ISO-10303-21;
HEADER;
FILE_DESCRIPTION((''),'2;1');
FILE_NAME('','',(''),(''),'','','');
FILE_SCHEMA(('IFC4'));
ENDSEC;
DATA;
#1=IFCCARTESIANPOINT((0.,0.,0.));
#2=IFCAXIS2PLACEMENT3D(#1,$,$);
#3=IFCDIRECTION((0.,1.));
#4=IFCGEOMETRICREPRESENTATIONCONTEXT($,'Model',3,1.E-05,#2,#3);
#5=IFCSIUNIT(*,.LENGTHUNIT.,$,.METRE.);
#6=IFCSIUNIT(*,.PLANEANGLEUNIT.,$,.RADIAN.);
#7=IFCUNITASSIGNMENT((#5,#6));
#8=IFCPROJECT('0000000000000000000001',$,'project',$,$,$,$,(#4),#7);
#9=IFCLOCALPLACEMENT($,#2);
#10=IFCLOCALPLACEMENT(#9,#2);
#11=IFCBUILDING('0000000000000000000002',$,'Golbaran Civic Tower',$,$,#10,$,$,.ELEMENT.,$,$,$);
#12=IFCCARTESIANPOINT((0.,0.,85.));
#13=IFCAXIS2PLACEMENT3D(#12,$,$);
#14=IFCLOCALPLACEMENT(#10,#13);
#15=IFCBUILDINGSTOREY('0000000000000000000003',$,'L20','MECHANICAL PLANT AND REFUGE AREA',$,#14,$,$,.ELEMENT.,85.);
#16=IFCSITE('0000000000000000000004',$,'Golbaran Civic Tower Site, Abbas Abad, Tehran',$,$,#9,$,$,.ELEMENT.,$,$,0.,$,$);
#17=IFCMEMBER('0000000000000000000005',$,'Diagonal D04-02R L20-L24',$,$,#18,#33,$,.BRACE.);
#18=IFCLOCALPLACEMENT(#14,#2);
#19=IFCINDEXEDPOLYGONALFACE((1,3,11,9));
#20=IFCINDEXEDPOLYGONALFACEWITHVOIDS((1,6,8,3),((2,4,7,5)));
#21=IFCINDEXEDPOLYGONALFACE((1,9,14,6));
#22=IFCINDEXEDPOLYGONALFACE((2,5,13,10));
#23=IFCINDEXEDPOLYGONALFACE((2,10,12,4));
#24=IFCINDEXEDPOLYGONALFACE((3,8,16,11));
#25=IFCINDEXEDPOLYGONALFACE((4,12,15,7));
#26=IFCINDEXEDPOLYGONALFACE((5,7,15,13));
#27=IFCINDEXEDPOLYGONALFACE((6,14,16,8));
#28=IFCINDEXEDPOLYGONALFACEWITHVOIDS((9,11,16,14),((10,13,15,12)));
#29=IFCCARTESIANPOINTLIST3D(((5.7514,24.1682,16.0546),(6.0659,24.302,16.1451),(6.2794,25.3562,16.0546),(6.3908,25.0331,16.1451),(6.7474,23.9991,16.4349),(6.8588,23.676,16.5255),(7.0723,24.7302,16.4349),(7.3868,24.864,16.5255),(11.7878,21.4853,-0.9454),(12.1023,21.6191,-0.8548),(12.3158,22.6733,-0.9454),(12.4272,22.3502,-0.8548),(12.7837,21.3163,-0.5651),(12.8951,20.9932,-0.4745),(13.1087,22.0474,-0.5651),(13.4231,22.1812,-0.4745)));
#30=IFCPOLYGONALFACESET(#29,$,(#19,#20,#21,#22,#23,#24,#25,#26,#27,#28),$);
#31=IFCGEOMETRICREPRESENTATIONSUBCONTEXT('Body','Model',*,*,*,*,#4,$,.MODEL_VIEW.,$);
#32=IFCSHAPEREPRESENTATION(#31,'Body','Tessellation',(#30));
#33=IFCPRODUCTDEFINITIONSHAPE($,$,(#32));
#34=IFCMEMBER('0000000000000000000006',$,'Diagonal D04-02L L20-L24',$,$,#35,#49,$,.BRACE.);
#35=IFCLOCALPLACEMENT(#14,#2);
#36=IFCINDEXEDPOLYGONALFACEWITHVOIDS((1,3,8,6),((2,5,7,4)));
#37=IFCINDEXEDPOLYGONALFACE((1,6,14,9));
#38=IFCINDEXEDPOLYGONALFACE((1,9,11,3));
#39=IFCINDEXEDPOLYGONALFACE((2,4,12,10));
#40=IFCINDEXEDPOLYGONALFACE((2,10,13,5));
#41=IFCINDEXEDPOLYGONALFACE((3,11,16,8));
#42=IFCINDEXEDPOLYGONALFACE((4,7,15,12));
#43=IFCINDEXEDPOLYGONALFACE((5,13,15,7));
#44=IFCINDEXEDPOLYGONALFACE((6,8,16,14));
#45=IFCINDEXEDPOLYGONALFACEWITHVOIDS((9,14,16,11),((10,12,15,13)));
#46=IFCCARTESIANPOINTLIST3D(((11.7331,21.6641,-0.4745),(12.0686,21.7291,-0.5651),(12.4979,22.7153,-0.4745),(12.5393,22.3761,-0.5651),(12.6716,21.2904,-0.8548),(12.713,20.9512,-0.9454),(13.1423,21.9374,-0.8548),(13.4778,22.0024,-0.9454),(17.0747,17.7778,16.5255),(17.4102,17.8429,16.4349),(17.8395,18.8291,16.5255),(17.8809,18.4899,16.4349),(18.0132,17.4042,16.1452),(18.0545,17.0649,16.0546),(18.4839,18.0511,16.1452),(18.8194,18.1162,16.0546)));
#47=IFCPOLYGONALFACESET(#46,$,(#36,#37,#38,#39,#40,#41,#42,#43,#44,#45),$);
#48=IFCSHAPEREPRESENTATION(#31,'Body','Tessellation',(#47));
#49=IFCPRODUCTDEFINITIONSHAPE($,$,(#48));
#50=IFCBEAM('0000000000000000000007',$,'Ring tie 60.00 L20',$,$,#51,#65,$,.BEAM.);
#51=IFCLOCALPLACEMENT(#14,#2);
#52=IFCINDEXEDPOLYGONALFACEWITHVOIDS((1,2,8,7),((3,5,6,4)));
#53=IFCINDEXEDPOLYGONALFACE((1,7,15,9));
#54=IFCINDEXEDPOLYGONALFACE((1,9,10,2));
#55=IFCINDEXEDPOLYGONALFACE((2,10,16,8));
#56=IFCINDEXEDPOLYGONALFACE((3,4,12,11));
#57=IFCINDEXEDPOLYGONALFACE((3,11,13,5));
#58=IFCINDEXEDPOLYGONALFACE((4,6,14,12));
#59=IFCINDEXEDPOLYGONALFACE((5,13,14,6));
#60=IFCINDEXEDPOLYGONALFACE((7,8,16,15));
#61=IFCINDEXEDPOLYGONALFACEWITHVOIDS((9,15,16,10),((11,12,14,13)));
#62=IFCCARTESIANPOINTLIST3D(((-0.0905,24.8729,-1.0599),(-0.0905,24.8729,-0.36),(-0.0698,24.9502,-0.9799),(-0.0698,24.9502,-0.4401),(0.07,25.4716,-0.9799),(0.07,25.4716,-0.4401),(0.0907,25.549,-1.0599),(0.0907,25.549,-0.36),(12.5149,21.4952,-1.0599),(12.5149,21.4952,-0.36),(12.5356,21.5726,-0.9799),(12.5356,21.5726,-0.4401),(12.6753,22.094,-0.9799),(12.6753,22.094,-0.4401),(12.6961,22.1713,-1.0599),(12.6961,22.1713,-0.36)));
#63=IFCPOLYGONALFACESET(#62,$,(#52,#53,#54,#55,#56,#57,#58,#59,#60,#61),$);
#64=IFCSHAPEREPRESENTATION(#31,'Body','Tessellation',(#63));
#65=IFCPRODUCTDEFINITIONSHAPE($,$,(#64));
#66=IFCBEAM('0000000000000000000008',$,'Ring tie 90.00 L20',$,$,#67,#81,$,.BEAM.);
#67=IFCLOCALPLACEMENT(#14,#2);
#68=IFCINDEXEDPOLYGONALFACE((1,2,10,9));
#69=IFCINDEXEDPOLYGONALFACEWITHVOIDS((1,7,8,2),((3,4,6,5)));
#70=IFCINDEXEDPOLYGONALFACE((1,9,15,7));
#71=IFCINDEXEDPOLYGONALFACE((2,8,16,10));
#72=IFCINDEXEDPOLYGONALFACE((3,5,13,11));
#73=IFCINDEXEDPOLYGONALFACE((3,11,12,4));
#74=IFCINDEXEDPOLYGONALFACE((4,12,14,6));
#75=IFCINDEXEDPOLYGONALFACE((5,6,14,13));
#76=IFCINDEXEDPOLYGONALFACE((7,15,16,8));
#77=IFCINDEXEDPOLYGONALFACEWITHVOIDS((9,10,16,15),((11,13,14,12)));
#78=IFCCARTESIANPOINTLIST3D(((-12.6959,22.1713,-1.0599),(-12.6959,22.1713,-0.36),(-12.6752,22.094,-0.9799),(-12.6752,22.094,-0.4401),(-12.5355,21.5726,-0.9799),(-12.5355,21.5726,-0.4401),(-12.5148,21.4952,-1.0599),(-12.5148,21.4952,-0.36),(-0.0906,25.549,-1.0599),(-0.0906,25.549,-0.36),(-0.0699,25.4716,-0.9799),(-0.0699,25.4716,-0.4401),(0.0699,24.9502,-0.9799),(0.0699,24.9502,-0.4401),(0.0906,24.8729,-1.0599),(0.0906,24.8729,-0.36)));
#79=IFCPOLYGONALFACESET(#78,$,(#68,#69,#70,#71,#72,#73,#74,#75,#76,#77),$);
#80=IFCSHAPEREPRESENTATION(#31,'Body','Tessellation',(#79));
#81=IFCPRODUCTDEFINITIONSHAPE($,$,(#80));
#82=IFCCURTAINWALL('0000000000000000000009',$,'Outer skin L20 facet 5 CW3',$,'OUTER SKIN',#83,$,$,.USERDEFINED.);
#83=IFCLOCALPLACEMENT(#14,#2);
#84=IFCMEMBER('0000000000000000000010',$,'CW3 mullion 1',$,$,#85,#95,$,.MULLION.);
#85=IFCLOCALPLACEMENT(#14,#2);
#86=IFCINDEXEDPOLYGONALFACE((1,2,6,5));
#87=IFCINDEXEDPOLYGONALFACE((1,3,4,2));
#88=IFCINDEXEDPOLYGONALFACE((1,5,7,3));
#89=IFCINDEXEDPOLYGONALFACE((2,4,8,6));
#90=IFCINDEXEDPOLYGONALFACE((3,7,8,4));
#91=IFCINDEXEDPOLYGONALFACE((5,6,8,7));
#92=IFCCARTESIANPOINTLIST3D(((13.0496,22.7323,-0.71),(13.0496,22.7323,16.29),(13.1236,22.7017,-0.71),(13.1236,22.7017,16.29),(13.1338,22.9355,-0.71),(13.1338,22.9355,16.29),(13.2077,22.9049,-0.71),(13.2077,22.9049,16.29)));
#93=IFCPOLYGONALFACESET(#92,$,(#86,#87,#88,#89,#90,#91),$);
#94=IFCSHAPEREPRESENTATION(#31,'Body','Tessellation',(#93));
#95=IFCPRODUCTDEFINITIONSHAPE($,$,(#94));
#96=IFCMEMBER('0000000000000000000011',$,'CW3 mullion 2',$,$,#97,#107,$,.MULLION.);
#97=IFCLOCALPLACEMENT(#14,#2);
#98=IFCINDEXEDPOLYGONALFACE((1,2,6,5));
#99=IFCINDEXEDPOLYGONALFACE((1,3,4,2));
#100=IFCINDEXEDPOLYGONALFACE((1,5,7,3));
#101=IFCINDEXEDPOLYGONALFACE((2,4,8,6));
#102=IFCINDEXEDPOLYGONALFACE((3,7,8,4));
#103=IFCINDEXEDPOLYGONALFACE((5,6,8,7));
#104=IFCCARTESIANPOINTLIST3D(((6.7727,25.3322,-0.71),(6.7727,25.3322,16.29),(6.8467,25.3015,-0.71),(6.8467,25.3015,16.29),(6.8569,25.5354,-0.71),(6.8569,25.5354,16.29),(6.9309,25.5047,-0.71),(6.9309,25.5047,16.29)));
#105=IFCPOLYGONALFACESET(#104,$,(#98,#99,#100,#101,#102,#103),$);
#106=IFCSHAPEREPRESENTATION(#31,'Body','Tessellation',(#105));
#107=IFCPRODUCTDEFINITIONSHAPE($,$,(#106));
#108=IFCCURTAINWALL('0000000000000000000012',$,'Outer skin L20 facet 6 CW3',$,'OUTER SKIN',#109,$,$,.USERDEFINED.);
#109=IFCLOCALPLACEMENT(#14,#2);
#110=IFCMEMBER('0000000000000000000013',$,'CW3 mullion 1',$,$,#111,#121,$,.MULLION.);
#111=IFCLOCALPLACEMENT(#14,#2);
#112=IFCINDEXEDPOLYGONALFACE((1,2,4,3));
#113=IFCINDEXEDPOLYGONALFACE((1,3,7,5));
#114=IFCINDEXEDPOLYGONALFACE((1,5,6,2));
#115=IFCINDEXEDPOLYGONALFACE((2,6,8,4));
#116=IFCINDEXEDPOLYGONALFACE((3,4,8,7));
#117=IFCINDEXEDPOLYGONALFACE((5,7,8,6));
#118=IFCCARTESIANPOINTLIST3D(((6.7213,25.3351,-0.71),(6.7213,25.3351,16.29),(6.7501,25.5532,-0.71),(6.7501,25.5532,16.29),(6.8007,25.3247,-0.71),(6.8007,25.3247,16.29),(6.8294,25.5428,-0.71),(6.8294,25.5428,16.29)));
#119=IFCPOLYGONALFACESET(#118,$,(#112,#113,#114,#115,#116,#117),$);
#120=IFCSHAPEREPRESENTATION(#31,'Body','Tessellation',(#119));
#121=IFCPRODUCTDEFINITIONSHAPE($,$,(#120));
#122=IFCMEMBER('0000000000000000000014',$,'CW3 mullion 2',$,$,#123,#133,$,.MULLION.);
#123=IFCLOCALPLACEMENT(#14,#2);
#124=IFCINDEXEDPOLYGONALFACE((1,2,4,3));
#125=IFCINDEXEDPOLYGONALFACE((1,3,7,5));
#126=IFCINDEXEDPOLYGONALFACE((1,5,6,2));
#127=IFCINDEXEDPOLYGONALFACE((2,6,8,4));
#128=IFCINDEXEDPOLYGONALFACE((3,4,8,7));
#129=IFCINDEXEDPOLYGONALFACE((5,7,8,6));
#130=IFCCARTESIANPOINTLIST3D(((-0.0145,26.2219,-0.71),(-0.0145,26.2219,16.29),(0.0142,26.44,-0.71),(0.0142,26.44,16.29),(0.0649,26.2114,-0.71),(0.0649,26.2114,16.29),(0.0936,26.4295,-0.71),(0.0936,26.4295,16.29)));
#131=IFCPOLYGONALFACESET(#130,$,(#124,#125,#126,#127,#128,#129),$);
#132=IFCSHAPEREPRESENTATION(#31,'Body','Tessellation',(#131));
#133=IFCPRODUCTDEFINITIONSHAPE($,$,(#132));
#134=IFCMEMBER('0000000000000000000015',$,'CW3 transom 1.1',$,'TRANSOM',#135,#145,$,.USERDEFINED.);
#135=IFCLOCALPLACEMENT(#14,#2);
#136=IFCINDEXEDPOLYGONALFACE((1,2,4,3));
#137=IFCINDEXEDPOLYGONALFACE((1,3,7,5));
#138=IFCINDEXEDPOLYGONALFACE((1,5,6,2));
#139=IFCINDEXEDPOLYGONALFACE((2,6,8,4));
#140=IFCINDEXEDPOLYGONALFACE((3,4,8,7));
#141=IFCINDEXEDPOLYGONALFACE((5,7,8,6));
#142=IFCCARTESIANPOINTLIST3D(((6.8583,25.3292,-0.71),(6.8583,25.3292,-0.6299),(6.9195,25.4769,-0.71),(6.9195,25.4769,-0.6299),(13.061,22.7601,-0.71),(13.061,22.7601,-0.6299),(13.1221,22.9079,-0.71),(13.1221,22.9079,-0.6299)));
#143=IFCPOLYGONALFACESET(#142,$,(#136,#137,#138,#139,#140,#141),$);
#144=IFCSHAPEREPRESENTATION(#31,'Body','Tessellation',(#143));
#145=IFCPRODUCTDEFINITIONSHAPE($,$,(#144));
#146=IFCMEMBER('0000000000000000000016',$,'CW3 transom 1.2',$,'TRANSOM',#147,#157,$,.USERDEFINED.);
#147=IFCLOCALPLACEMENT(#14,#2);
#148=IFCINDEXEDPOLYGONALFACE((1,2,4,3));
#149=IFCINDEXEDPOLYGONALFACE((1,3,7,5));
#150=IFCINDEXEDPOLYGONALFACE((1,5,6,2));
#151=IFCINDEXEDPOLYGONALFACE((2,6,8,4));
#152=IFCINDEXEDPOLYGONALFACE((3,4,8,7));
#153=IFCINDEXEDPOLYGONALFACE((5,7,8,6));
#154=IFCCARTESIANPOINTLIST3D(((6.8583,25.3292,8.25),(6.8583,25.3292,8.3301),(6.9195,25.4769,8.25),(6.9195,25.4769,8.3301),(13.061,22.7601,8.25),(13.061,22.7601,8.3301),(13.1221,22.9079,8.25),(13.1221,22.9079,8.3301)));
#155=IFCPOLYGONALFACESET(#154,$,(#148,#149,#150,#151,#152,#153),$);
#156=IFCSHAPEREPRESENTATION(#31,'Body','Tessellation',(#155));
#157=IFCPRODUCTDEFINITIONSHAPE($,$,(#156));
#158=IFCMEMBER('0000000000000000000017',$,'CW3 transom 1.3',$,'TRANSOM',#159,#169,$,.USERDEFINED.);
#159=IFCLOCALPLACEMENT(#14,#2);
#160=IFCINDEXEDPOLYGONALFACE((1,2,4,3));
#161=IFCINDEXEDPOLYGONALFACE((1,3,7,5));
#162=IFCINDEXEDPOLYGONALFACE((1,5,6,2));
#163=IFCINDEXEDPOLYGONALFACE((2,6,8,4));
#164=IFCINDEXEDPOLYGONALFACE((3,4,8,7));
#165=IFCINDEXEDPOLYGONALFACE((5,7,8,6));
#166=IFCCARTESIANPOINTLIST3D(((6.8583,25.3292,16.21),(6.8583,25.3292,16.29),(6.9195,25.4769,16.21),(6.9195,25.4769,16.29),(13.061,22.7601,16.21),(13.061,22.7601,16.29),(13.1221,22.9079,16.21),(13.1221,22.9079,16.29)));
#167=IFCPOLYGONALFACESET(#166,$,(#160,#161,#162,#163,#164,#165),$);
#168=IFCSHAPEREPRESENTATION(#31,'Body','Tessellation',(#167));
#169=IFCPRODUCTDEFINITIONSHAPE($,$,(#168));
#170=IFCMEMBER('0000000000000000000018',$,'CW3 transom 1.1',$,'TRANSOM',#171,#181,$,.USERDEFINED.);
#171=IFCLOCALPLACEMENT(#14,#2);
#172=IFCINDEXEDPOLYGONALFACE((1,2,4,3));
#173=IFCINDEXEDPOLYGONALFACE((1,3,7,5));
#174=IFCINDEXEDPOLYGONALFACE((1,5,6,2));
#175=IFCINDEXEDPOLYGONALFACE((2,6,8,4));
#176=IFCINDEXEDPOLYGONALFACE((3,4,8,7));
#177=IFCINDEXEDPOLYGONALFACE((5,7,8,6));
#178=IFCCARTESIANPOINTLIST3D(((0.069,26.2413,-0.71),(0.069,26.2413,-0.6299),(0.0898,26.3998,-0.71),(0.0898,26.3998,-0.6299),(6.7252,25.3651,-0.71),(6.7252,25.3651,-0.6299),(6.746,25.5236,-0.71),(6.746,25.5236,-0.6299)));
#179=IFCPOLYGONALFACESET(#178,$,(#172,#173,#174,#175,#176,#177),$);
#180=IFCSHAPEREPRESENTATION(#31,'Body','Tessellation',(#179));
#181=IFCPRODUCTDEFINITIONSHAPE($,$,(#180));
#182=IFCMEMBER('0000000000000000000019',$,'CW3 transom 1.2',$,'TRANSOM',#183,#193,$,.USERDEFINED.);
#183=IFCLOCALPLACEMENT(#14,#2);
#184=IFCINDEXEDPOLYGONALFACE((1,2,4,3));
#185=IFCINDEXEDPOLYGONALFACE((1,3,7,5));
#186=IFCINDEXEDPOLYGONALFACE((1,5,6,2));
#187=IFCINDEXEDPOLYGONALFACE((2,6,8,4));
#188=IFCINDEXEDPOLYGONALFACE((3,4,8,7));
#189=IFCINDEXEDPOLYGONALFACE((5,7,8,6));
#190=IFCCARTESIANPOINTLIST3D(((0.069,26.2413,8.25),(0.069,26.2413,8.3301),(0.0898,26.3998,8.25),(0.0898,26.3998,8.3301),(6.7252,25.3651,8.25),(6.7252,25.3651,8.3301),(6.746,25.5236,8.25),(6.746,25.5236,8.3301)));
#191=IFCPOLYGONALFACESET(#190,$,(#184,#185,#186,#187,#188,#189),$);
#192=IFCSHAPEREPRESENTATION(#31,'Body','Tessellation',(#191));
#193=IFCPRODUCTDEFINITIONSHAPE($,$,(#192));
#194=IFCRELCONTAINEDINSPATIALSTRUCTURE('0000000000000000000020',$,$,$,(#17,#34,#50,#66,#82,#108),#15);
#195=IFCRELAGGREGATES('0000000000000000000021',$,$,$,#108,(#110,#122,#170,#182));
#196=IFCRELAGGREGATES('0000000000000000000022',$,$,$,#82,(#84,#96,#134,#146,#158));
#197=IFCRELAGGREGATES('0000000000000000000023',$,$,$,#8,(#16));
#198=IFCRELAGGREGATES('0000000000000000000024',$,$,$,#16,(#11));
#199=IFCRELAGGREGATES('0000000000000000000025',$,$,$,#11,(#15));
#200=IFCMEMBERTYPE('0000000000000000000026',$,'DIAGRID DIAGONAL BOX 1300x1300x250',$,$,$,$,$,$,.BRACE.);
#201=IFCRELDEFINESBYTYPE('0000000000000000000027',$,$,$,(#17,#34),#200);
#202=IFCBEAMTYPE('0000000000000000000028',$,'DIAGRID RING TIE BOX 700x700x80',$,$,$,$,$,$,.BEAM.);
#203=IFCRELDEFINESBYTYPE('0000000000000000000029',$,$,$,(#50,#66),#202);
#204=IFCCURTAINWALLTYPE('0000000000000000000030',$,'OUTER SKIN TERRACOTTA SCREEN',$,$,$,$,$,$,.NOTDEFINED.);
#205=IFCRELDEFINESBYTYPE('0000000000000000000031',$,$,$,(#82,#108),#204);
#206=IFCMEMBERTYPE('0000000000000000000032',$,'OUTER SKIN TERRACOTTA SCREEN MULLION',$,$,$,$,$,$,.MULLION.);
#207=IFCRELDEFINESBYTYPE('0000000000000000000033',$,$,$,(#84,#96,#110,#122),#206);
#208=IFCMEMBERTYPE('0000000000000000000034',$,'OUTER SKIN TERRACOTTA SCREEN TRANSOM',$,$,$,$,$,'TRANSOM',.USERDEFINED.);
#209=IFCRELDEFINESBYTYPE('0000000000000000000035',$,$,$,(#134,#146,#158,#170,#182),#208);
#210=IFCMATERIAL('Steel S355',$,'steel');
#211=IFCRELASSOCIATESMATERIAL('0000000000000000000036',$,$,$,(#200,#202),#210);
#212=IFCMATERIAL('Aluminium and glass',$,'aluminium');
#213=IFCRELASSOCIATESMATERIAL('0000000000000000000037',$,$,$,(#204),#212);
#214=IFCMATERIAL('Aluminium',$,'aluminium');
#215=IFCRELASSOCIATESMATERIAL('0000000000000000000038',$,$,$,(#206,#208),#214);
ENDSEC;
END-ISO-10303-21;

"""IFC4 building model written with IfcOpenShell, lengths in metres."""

from ifc_helpers import new_model, si_unit, direction, frame, origin, origin_2d, place, context, subcontext, project, spatial, rectangle, hollow_rectangle, extrude, material, material_profile, profile_set, type_object, element, aggregate, save


model = new_model("IFC4")

# Units and contexts
model_context = context("Model", 3, precision=1e-05, world=origin(), true_north=direction((0.0, 1.0)))
body_context = subcontext(model_context, "Body", "Model", "MODEL_VIEW")
ifc_project = project(units=[si_unit("LENGTHUNIT", "METRE"), si_unit("PLANEANGLEUNIT", "RADIAN")], contexts=[model_context])

# Site, building, storey
site_placement = place(None, origin())
site = spatial("IfcSite", under=ifc_project, at=site_placement, Name="Golbaran Civic Tower Site, Abbas Abad, Tehran", CompositionType="ELEMENT", RefElevation=0.0)
building_placement = place(site_placement, origin())
building = spatial("IfcBuilding", under=site, at=building_placement, Name="Golbaran Civic Tower", CompositionType="ELEMENT")
storey_placement = place(building_placement, frame((0.0, 0.0, 85.0)))
storey = spatial("IfcBuildingStorey", under=building, at=storey_placement, Name="L20", Description="MECHANICAL PLANT AND REFUGE AREA", CompositionType="ELEMENT", Elevation=85.0)

# Members
ifc_material_1 = material(Name="Steel S355", Category="steel")
ifc_material_profile_1 = material_profile(ifc_material_1, hollow_rectangle(XDim=1.3, YDim=1.3, WallThickness=0.25, at=origin_2d()), Name="BOX 1300x1300x250")
ifc_profile_set_1 = profile_set([ifc_material_profile_1], Name="Steel S355")
member_type_1 = type_object("IfcMemberType", Name="DIAGRID DIAGONAL BOX 1300x1300x250", PredefinedType="BRACE", material=ifc_profile_set_1)
for number, where, z_axis, x_axis, name in (
    (1, (12.6055, 21.8333, -0.71), (-0.330973, 0.1471, 0.932104), (-0.406142, -0.91381, 0.0), "Diagonal D04-02R L20-L24"),
    (2, (12.6055, 21.8333, -0.71), (0.292876, -0.213081, 0.932105), (0.588317, 0.808631, 0.0), "Diagonal D04-02L L20-L24"),
):
    element("IfcMember", number, at=place(storey_placement, frame(where, z_axis=z_axis, x_axis=x_axis)), inside=storey, type_object=member_type_1, Name=name, PredefinedType="BRACE", context=body_context, shape_type="SweptSolid", body=[
        extrude(hollow_rectangle(XDim=1.3, YDim=1.3, WallThickness=0.25, at=origin_2d()), origin(), (0.0, 0.0, 1.0), 18.2383),
    ])

# Beams
ifc_material_profile_2 = material_profile(ifc_material_1, hollow_rectangle(XDim=0.7, YDim=0.7, WallThickness=0.0801, at=origin_2d()), Name="BOX 700x700x80")
ifc_profile_set_2 = profile_set([ifc_material_profile_2], Name="Steel S355")
beam_type = type_object("IfcBeamType", Name="DIAGRID RING TIE BOX 700x700x80", PredefinedType="BEAM", material=ifc_profile_set_2)
for number, where, z_axis, x_axis, name in (
    (3, (12.6055, 21.8333, -0.71), (-0.965925, 0.258823, 0.0), (-0.258823, -0.965925, 0.0), "Ring tie 60.00 L20"),
    (4, (0.0, 25.2109, -0.71), (-0.965925, -0.258823, 0.0), (0.258823, -0.965925, 0.0), "Ring tie 90.00 L20"),
):
    element("IfcBeam", number, at=place(storey_placement, frame(where, z_axis=z_axis, x_axis=x_axis)), inside=storey, type_object=beam_type, Name=name, PredefinedType="BEAM", context=body_context, shape_type="SweptSolid", body=[
        extrude(hollow_rectangle(XDim=0.7, YDim=0.7, WallThickness=0.0801, at=origin_2d()), origin(), (0.0, 0.0, 1.0), 13.05),
    ])

# Curtain walls, members
ifc_material_2 = material(Name="Aluminium and glass", Category="aluminium")
curtain_wall_type_1 = type_object("IfcCurtainWallType", Name="OUTER SKIN TERRACOTTA SCREEN", PredefinedType="NOTDEFINED", material=ifc_material_2)
curtain_wall_1_placement = place(storey_placement, origin())
curtain_wall_1 = element("IfcCurtainWall", 5, at=curtain_wall_1_placement, inside=storey, type_object=curtain_wall_type_1, Name="Outer skin L20 facet 5 CW3", ObjectType="OUTER SKIN", PredefinedType="USERDEFINED")
ifc_material_3 = material(Name="Aluminium", Category="aluminium")
ifc_material_profile_3 = material_profile(ifc_material_3, rectangle(XDim=0.22, YDim=0.0801, at=origin_2d()), Name="OUTER SKIN TERRACOTTA SCREEN MULLION")
ifc_profile_set_3 = profile_set([ifc_material_profile_3], Name="Aluminium")
member_type_2 = type_object("IfcMemberType", Name="OUTER SKIN TERRACOTTA SCREEN MULLION", PredefinedType="MULLION", material=ifc_profile_set_3)
member_1_placement = place(storey_placement, frame((13.1287, 22.8186, -0.71), z_axis=(0.0, 0.0, 1.0), x_axis=(-0.382683, -0.92388, 0.0)))
member_1 = element("IfcMember", 6, at=member_1_placement, type_object=member_type_2, Name="CW3 mullion 1", PredefinedType="MULLION", context=body_context, shape_type="SweptSolid", body=[
    extrude(rectangle(XDim=0.22, YDim=0.0801, at=origin_2d()), origin(), (0.0, 0.0, 1.0), 17.0),
])
member_2_placement = place(storey_placement, frame((6.8518, 25.4185, -0.71), z_axis=(0.0, 0.0, 1.0), x_axis=(-0.382683, -0.92388, 0.0)))
member_2 = element("IfcMember", 7, at=member_2_placement, type_object=member_type_2, Name="CW3 mullion 2", PredefinedType="MULLION", context=body_context, shape_type="SweptSolid", body=[
    extrude(rectangle(XDim=0.22, YDim=0.0801, at=origin_2d()), origin(), (0.0, 0.0, 1.0), 17.0),
])
curtain_wall_2_placement = place(storey_placement, origin())
curtain_wall_2 = element("IfcCurtainWall", 8, at=curtain_wall_2_placement, inside=storey, type_object=curtain_wall_type_1, Name="Outer skin L20 facet 6 CW3", ObjectType="OUTER SKIN", PredefinedType="USERDEFINED")
member_3_placement = place(storey_placement, frame((6.7754, 25.439, -0.71), z_axis=(0.0, 0.0, 1.0), x_axis=(-0.130526, -0.991445, 0.0)))
member_3 = element("IfcMember", 9, at=member_3_placement, type_object=member_type_2, Name="CW3 mullion 1", PredefinedType="MULLION", context=body_context, shape_type="SweptSolid", body=[
    extrude(rectangle(XDim=0.22, YDim=0.0801, at=origin_2d()), origin(), (0.0, 0.0, 1.0), 17.0),
])
member_4_placement = place(storey_placement, frame((0.0396, 26.3257, -0.71), z_axis=(0.0, 0.0, 1.0), x_axis=(-0.130526, -0.991445, 0.0)))
member_4 = element("IfcMember", 10, at=member_4_placement, type_object=member_type_2, Name="CW3 mullion 2", PredefinedType="MULLION", context=body_context, shape_type="SweptSolid", body=[
    extrude(rectangle(XDim=0.22, YDim=0.0801, at=origin_2d()), origin(), (0.0, 0.0, 1.0), 17.0),
])

# Members
ifc_material_profile_4 = material_profile(ifc_material_3, rectangle(XDim=0.1599, YDim=0.0801, at=origin_2d()), Name="OUTER SKIN TERRACOTTA SCREEN TRANSOM")
ifc_profile_set_4 = profile_set([ifc_material_profile_4], Name="Aluminium")
member_type_3 = type_object("IfcMemberType", Name="OUTER SKIN TERRACOTTA SCREEN TRANSOM", ElementType="TRANSOM", PredefinedType="USERDEFINED", material=ifc_profile_set_4)
member_5_placement = place(storey_placement, frame((13.0916, 22.834, -0.6699), z_axis=(-0.923886, 0.382668, 0.0), x_axis=(-0.382668, -0.923886, 0.0)))
member_5 = element("IfcMember", 11, at=member_5_placement, type_object=member_type_3, Name="CW3 transom 1.1", ObjectType="TRANSOM", PredefinedType="USERDEFINED", context=body_context, shape_type="SweptSolid", body=[
    extrude(rectangle(XDim=0.1599, YDim=0.0801, at=origin_2d()), origin(), (0.0, 0.0, 1.0), 6.7136),
])
member_6_placement = place(storey_placement, frame((13.0916, 22.834, 8.29), z_axis=(-0.923886, 0.382668, 0.0), x_axis=(-0.382668, -0.923886, 0.0)))
member_6 = element("IfcMember", 12, at=member_6_placement, type_object=member_type_3, Name="CW3 transom 1.2", ObjectType="TRANSOM", PredefinedType="USERDEFINED", context=body_context, shape_type="SweptSolid", body=[
    extrude(rectangle(XDim=0.1599, YDim=0.0801, at=origin_2d()), origin(), (0.0, 0.0, 1.0), 6.7136),
])
member_7_placement = place(storey_placement, frame((13.0916, 22.834, 16.25), z_axis=(-0.923886, 0.382668, 0.0), x_axis=(-0.382668, -0.923886, 0.0)))
member_7 = element("IfcMember", 13, at=member_7_placement, type_object=member_type_3, Name="CW3 transom 1.3", ObjectType="TRANSOM", PredefinedType="USERDEFINED", context=body_context, shape_type="SweptSolid", body=[
    extrude(rectangle(XDim=0.1599, YDim=0.0801, at=origin_2d()), origin(), (0.0, 0.0, 1.0), 6.7136),
])
member_8_placement = place(storey_placement, frame((6.7356, 25.4443, -0.6699), z_axis=(-0.991447, 0.130513, 0.0), x_axis=(-0.130513, -0.991447, 0.0)))
member_8 = element("IfcMember", 14, at=member_8_placement, type_object=member_type_3, Name="CW3 transom 1.1", ObjectType="TRANSOM", PredefinedType="USERDEFINED", context=body_context, shape_type="SweptSolid", body=[
    extrude(rectangle(XDim=0.1599, YDim=0.0801, at=origin_2d()), origin(), (0.0, 0.0, 1.0), 6.7136),
])
member_9_placement = place(storey_placement, frame((6.7356, 25.4443, 8.29), z_axis=(-0.991447, 0.130513, 0.0), x_axis=(-0.130513, -0.991447, 0.0)))
member_9 = element("IfcMember", 15, at=member_9_placement, type_object=member_type_3, Name="CW3 transom 1.2", ObjectType="TRANSOM", PredefinedType="USERDEFINED", context=body_context, shape_type="SweptSolid", body=[
    extrude(rectangle(XDim=0.1599, YDim=0.0801, at=origin_2d()), origin(), (0.0, 0.0, 1.0), 6.7136),
])

aggregate(curtain_wall_2, [member_3, member_4, member_8, member_9])
aggregate(curtain_wall_1, [member_1, member_2, member_5, member_6, member_7])

save(model, "model.ifc")
